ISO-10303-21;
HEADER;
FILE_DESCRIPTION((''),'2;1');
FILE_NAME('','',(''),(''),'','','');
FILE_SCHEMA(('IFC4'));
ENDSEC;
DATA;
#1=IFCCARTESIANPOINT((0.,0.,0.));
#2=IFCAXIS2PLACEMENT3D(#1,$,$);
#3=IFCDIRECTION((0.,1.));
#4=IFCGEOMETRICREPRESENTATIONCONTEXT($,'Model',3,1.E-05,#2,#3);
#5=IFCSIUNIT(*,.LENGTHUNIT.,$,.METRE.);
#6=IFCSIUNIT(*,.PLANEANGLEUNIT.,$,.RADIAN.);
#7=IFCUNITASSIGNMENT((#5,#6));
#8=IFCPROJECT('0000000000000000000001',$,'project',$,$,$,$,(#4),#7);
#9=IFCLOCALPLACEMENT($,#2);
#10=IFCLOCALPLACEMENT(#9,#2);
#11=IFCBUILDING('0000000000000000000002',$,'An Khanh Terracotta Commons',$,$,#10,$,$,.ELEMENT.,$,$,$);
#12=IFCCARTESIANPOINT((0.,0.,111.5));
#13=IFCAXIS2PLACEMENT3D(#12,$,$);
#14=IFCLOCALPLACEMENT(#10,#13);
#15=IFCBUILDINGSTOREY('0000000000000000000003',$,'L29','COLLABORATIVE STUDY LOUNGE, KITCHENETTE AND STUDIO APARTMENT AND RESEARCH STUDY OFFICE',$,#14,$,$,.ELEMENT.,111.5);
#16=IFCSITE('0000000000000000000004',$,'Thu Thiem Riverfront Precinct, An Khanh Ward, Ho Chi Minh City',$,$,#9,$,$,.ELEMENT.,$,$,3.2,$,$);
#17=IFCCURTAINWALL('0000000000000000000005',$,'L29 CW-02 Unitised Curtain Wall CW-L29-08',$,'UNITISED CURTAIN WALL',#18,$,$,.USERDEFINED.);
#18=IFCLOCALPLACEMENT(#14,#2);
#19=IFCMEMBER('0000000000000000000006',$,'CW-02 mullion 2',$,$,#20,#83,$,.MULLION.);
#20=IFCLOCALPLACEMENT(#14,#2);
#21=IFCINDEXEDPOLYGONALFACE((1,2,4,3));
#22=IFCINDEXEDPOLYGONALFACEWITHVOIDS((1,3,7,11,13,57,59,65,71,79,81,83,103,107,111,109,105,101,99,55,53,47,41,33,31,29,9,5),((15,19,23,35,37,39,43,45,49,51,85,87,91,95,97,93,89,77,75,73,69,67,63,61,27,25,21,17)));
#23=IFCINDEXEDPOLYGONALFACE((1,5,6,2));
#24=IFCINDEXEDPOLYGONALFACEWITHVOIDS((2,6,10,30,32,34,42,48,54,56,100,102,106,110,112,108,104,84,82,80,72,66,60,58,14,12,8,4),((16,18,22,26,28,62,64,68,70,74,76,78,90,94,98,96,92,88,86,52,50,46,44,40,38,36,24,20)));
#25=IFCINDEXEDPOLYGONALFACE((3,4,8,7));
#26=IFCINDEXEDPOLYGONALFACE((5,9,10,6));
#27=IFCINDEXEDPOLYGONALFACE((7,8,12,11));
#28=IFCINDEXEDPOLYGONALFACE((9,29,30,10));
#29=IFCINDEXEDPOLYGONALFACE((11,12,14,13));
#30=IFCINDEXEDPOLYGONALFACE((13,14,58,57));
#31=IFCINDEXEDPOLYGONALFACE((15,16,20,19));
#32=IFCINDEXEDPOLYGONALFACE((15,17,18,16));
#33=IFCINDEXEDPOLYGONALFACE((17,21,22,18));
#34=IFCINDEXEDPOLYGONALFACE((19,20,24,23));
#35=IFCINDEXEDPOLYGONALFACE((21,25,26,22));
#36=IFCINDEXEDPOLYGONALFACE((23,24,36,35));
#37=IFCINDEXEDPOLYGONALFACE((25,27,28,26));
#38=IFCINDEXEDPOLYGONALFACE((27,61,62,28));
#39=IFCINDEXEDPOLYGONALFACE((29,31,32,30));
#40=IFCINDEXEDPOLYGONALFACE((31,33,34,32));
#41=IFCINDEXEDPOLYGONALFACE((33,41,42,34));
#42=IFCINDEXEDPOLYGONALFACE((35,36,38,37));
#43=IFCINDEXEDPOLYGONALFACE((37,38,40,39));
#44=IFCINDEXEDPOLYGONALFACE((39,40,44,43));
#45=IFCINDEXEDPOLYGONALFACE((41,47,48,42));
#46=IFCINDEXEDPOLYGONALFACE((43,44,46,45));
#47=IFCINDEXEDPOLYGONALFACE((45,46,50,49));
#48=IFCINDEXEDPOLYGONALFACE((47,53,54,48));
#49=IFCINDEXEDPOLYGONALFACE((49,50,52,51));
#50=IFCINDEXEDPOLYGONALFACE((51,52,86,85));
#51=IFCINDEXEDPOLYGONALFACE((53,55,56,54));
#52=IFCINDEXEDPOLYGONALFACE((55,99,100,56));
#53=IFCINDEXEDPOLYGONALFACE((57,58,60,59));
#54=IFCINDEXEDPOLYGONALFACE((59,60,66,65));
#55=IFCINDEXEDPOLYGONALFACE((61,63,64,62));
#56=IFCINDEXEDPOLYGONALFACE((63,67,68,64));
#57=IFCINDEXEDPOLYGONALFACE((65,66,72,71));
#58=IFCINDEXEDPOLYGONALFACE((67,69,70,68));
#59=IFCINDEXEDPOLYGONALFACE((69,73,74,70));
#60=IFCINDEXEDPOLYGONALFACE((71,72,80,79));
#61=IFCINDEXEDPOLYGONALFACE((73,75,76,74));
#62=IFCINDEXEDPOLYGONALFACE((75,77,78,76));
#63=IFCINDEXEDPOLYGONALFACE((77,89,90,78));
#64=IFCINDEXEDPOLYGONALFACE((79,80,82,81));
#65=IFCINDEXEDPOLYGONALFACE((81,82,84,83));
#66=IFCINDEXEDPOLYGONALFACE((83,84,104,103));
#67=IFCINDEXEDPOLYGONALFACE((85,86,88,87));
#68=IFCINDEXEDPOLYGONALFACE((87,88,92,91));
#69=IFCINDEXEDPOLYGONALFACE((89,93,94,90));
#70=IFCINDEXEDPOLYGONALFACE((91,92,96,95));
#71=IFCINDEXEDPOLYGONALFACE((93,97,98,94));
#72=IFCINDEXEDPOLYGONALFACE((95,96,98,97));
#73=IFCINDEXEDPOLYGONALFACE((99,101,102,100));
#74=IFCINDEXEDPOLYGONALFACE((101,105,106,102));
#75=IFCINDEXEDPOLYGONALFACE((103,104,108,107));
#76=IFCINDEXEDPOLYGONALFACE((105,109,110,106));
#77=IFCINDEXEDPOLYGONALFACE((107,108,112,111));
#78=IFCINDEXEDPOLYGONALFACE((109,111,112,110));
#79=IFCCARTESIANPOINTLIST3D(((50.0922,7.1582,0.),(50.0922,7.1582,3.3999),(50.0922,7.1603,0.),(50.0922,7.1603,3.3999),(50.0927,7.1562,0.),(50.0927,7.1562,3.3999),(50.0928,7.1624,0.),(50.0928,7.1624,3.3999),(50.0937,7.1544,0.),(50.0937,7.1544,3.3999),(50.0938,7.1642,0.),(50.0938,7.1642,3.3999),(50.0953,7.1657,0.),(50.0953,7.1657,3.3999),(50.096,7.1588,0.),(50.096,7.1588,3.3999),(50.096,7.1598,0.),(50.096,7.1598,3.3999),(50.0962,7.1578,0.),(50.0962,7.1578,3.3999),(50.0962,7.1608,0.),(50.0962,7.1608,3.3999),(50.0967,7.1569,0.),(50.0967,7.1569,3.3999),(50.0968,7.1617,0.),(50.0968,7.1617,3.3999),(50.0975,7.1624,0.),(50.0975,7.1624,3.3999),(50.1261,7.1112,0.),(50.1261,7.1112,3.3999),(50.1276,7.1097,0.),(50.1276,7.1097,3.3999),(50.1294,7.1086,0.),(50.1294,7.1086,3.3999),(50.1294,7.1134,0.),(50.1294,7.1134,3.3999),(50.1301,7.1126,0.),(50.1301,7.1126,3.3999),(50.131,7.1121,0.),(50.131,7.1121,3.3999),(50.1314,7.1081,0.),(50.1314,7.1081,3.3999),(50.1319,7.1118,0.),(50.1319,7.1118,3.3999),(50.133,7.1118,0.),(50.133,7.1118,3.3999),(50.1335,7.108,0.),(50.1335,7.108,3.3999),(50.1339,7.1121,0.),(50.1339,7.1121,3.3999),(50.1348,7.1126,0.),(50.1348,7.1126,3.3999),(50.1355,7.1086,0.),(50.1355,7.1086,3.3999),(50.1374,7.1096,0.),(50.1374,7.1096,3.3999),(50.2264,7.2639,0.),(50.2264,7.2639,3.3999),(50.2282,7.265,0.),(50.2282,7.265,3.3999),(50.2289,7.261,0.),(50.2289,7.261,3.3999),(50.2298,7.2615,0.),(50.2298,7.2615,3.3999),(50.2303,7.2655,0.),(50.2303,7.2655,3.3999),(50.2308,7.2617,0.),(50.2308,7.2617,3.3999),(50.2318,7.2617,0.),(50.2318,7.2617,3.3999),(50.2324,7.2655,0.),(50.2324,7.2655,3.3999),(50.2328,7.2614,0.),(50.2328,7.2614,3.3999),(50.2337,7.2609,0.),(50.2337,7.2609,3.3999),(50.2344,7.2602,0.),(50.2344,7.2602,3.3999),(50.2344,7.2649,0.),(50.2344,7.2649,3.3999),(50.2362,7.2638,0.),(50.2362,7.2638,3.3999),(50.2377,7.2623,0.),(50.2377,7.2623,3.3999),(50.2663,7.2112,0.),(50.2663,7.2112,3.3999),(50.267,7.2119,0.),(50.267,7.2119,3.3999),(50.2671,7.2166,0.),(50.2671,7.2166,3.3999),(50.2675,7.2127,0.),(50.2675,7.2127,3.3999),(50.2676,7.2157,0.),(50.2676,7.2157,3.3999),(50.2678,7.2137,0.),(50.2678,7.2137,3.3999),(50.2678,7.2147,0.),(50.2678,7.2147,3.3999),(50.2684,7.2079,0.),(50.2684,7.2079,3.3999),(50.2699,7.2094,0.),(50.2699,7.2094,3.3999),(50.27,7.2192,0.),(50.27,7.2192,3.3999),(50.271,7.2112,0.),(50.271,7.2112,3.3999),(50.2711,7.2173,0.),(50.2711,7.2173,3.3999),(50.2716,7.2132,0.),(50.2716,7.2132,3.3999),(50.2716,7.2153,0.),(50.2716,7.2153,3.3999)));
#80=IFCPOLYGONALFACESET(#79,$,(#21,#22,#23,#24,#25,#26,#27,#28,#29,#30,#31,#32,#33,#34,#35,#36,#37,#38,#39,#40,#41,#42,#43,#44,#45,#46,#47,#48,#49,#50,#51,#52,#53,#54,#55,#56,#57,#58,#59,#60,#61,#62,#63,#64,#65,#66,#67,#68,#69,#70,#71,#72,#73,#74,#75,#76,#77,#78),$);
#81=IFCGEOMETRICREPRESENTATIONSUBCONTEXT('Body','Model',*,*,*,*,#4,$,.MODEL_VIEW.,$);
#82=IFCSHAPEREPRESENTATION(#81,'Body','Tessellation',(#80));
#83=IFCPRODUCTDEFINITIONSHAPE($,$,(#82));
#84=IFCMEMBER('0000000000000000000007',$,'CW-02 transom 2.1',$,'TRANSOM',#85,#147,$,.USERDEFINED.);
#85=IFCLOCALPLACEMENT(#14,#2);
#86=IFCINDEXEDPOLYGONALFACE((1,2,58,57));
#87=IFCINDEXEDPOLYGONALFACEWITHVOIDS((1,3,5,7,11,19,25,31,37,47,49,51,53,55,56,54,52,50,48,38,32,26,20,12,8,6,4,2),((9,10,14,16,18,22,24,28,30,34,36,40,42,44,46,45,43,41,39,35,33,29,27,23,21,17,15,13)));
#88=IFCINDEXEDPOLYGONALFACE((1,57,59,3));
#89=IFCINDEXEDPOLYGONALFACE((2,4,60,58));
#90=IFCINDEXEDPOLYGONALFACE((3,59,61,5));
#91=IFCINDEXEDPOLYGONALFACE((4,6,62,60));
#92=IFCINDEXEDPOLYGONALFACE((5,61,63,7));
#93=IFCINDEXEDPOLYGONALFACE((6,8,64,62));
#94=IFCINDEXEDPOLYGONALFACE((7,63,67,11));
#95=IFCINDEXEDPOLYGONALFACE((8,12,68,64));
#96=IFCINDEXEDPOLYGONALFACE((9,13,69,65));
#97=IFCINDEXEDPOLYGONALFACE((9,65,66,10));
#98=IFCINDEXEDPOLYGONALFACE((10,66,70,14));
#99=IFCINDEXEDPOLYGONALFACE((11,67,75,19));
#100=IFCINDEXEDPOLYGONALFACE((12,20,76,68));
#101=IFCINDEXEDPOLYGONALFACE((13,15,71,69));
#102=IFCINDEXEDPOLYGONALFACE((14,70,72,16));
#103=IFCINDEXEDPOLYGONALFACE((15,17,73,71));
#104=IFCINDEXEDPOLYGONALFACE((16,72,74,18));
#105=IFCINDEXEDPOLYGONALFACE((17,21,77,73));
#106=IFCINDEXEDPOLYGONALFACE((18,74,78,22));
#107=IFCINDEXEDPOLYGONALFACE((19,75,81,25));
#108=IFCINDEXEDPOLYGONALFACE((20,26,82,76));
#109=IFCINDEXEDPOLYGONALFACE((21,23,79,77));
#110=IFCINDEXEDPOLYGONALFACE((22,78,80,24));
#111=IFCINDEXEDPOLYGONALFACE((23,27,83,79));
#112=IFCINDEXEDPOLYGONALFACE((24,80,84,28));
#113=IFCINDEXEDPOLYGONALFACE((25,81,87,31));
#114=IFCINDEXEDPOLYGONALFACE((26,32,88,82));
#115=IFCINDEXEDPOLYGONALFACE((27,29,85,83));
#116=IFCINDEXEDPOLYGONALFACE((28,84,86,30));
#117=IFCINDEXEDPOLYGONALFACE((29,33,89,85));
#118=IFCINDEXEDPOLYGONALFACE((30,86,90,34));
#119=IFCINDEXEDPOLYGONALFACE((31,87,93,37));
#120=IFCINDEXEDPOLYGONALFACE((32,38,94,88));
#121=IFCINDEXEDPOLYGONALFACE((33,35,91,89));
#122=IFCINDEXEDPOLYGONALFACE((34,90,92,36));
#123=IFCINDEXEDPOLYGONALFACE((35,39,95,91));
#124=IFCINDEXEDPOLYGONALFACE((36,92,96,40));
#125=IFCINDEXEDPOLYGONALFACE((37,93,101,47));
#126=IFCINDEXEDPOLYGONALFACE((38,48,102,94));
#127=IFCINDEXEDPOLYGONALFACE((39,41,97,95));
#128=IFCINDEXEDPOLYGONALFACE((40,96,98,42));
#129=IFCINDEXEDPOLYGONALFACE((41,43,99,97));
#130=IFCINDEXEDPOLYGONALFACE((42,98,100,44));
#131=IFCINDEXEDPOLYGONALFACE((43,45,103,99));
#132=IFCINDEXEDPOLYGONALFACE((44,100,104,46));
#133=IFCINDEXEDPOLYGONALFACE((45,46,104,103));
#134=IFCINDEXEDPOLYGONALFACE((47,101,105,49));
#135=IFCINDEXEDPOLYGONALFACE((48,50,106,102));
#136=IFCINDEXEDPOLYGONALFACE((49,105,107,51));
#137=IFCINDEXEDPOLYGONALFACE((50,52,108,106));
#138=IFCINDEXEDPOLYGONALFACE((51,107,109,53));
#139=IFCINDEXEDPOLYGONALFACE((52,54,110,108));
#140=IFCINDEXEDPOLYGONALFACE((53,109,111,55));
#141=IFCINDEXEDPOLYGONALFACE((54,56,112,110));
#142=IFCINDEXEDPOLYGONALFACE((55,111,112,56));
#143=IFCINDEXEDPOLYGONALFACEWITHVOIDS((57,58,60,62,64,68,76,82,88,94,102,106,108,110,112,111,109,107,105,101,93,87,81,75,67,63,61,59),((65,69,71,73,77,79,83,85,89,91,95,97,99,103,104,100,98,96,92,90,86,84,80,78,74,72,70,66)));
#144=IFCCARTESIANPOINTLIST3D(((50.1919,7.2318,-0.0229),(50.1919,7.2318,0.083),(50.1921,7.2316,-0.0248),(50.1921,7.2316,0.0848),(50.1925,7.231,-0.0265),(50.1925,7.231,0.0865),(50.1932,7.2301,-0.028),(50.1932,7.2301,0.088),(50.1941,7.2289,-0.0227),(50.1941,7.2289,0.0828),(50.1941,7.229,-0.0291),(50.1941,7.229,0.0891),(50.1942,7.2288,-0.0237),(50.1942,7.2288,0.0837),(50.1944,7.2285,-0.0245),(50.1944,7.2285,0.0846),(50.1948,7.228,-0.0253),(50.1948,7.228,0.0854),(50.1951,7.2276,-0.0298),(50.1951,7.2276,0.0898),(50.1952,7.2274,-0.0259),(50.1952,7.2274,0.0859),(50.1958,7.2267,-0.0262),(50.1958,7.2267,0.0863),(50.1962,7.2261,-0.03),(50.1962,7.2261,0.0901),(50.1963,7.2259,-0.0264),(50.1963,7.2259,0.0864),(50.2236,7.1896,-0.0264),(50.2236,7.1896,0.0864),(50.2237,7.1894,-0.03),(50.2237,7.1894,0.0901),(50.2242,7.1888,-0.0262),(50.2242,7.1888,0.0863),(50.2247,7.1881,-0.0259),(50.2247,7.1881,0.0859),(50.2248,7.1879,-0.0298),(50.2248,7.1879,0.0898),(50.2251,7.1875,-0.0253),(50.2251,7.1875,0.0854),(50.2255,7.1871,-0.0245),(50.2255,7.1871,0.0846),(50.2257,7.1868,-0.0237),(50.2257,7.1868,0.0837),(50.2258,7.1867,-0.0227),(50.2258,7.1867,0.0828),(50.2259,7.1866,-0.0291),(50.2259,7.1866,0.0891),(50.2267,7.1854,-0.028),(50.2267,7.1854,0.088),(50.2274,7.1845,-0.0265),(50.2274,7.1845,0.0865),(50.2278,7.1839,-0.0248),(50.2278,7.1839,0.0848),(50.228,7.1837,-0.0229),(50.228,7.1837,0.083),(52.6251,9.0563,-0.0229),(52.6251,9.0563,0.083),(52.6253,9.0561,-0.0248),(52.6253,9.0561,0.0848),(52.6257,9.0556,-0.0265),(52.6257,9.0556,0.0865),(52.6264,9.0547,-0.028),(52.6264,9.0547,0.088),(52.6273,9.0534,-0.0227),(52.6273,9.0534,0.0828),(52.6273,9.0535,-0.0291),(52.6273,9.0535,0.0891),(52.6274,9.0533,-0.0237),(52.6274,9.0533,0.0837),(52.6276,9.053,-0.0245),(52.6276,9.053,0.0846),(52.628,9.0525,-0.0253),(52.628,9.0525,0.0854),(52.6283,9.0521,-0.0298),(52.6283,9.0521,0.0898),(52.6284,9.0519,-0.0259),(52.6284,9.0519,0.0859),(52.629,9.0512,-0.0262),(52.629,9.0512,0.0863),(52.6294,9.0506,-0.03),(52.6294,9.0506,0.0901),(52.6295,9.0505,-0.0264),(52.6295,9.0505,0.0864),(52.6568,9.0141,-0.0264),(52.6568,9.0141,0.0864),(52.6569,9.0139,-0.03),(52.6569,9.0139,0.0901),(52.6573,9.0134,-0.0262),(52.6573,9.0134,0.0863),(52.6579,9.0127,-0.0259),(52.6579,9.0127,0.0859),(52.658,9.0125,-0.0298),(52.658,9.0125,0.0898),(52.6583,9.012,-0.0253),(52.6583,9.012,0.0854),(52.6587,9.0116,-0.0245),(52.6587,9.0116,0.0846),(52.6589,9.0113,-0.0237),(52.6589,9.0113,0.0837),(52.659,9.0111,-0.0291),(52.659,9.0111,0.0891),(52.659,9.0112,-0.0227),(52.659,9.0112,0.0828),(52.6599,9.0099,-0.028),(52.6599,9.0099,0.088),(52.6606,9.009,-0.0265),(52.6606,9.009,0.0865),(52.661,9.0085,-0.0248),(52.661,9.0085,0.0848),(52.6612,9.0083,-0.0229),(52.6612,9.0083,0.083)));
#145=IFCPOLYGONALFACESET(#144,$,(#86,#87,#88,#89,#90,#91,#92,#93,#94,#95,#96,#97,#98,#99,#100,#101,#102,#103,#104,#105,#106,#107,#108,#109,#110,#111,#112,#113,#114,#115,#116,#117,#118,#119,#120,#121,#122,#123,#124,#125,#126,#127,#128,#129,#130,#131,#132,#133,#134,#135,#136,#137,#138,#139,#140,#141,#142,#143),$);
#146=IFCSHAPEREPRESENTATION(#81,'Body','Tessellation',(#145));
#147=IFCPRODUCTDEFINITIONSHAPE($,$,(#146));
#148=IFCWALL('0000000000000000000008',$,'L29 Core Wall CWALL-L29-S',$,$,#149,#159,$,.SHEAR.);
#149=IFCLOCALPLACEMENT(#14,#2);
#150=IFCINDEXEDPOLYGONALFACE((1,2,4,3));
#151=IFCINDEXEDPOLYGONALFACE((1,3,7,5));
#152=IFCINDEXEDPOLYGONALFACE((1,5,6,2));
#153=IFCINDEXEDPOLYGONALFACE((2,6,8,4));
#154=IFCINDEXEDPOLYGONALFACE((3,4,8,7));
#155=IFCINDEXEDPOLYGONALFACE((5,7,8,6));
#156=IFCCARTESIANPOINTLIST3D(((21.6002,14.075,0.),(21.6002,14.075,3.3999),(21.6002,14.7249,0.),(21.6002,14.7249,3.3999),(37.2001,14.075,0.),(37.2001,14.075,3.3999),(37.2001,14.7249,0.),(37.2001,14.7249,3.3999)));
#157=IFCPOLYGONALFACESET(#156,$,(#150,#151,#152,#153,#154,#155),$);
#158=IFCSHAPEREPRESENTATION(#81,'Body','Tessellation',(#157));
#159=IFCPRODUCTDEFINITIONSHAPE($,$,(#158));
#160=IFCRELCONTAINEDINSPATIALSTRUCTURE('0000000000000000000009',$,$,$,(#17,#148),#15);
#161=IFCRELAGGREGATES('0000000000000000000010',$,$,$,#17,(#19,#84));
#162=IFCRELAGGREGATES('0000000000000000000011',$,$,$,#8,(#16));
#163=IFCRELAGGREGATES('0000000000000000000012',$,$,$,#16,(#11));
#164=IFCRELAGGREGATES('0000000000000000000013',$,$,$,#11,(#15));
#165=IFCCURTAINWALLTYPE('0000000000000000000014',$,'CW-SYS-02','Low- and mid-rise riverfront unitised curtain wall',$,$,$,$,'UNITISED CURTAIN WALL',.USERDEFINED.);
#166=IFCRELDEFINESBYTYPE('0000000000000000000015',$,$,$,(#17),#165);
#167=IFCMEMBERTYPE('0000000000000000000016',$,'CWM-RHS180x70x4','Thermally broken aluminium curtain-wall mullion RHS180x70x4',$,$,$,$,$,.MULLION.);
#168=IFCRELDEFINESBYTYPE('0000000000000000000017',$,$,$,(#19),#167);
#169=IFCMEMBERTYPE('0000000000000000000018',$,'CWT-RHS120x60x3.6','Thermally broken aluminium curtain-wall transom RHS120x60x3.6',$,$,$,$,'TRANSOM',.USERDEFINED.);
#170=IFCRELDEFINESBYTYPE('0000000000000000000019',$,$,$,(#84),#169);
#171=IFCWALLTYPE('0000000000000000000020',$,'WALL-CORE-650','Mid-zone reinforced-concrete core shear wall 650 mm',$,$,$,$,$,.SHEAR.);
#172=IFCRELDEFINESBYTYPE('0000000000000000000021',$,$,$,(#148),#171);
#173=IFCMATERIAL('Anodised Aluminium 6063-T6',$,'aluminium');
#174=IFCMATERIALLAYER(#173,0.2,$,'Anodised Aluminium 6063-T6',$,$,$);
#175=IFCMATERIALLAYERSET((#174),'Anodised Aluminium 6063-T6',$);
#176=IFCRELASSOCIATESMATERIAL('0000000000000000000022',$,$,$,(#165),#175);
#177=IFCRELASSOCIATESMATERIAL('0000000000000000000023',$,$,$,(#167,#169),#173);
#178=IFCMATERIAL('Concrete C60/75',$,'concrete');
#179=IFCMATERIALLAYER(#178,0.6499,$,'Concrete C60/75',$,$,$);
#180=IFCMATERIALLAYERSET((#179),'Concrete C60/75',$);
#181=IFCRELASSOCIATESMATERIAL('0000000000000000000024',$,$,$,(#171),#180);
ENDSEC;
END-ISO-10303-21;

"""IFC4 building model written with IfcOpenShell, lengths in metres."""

from ifc_helpers import new_model, si_unit, direction, frame, frame_2d, origin, origin_2d, place, context, subcontext, project, spatial, rectangle, hollow_rectangle, extrude, material, layer, layer_set, material_profile, profile_set, type_object, element, aggregate, save


model = new_model("IFC4")

# Units and contexts
model_context = context("Model", 3, precision=1e-05, world=origin(), true_north=direction((0.0, 1.0)))
body_context = subcontext(model_context, "Body", "Model", "MODEL_VIEW")
ifc_project = project(units=[si_unit("LENGTHUNIT", "METRE"), si_unit("PLANEANGLEUNIT", "RADIAN")], contexts=[model_context])

# Site, building, storey
site_placement = place(None, origin())
site = spatial("IfcSite", under=ifc_project, at=site_placement, Name="Thu Thiem Riverfront Precinct, An Khanh Ward, Ho Chi Minh City", CompositionType="ELEMENT", RefElevation=3.2)
building_placement = place(site_placement, origin())
building = spatial("IfcBuilding", under=site, at=building_placement, Name="An Khanh Terracotta Commons", CompositionType="ELEMENT")
storey_placement = place(building_placement, frame((0.0, 0.0, 111.5)))
storey = spatial("IfcBuildingStorey", under=building, at=storey_placement, Name="L29", Description="COLLABORATIVE STUDY LOUNGE, KITCHENETTE AND STUDIO APARTMENT AND RESEARCH STUDY OFFICE", CompositionType="ELEMENT", Elevation=111.5)

# Curtain wall, members
ifc_material_1 = material(Name="Anodised Aluminium 6063-T6", Category="aluminium")
ifc_layer_1 = layer(ifc_material_1, 0.2, Name="Anodised Aluminium 6063-T6")
ifc_layer_set_1 = layer_set([ifc_layer_1], Name="Anodised Aluminium 6063-T6")
curtain_wall_type = type_object("IfcCurtainWallType", Name="CW-SYS-02", Description="Low- and mid-rise riverfront unitised curtain wall", ElementType="UNITISED CURTAIN WALL", PredefinedType="USERDEFINED", material=ifc_layer_set_1)
curtain_wall_placement = place(storey_placement, origin())
curtain_wall = element("IfcCurtainWall", 1, at=curtain_wall_placement, inside=storey, type_object=curtain_wall_type, Name="L29 CW-02 Unitised Curtain Wall CW-L29-08", ObjectType="UNITISED CURTAIN WALL", PredefinedType="USERDEFINED")
ifc_material_profile_1 = material_profile(ifc_material_1, hollow_rectangle(XDim=0.0701, YDim=0.1799, WallThickness=0.0039, InnerFilletRadius=0.0039, OuterFilletRadius=0.0081, at=origin_2d()), Name="RHS180x70x4")
ifc_profile_set_1 = profile_set([ifc_material_profile_1], Name="Anodised Aluminium 6063-T6")
member_type_1 = type_object("IfcMemberType", Name="CWM-RHS180x70x4", Description="Thermally broken aluminium curtain-wall mullion RHS180x70x4", PredefinedType="MULLION", material=ifc_profile_set_1)
member_1_placement = place(storey_placement, frame((50.1819, 7.1868, 0.0), z_axis=(0.0, 0.0, 1.0), x_axis=(-0.599983, 0.800013, 0.0)))
member_1 = element("IfcMember", 2, at=member_1_placement, type_object=member_type_1, Name="CW-02 mullion 2", PredefinedType="MULLION", context=body_context, shape_type="SweptSolid", body=[
    extrude(hollow_rectangle(XDim=0.0701, YDim=0.1799, WallThickness=0.0039, InnerFilletRadius=0.0039, OuterFilletRadius=0.0081, at=origin_2d()), origin(), (0.0, 0.0, 1.0), 3.3999),
])
ifc_material_profile_2 = material_profile(ifc_material_1, hollow_rectangle(XDim=0.0601, YDim=0.1201, WallThickness=0.0037, InnerFilletRadius=0.0037, OuterFilletRadius=0.0071, at=origin_2d()), Name="RHS120x60x3.6")
ifc_profile_set_2 = profile_set([ifc_material_profile_2], Name="Anodised Aluminium 6063-T6")
member_type_2 = type_object("IfcMemberType", Name="CWT-RHS120x60x3.6", Description="Thermally broken aluminium curtain-wall transom RHS120x60x3.6", ElementType="TRANSOM", PredefinedType="USERDEFINED", material=ifc_profile_set_2)
member_2_placement = place(storey_placement, frame((50.21, 7.2078, 0.03), z_axis=(0.800058, 0.599923, 0.0), x_axis=(-0.599923, 0.800058, 0.0)))
member_2 = element("IfcMember", 3, at=member_2_placement, type_object=member_type_2, Name="CW-02 transom 2.1", ObjectType="TRANSOM", PredefinedType="USERDEFINED", context=body_context, shape_type="SweptSolid", body=[
    extrude(hollow_rectangle(XDim=0.0601, YDim=0.1201, WallThickness=0.0037, InnerFilletRadius=0.0037, OuterFilletRadius=0.0071, at=origin_2d()), origin(), (0.0, 0.0, 1.0), 3.0413),
])
aggregate(curtain_wall, [member_1, member_2])

# Wall
ifc_material_2 = material(Name="Concrete C60/75", Category="concrete")
ifc_layer_2 = layer(ifc_material_2, 0.6499, Name="Concrete C60/75")
ifc_layer_set_2 = layer_set([ifc_layer_2], Name="Concrete C60/75")
wall_type_1 = type_object("IfcWallType", Name="WALL-CORE-650", Description="Mid-zone reinforced-concrete core shear wall 650 mm", PredefinedType="SHEAR", material=ifc_layer_set_2)
wall_1_placement = place(storey_placement, frame((37.2, 14.3999, 0.0), z_axis=(0.0, 0.0, 1.0), x_axis=(-1.0, 0.0, 0.0)))
element("IfcWall", 4, at=wall_1_placement, inside=storey, type_object=wall_type_1, Name="L29 Core Wall CWALL-L29-S", PredefinedType="SHEAR", context=body_context, shape_type="SweptSolid", body=[
    extrude(rectangle(XDim=15.5999, YDim=0.6499, at=frame_2d((7.7998, 0.0))), origin(), (0.0, 0.0, 1.0), 3.3999),
])

save(model, "model.ifc")
